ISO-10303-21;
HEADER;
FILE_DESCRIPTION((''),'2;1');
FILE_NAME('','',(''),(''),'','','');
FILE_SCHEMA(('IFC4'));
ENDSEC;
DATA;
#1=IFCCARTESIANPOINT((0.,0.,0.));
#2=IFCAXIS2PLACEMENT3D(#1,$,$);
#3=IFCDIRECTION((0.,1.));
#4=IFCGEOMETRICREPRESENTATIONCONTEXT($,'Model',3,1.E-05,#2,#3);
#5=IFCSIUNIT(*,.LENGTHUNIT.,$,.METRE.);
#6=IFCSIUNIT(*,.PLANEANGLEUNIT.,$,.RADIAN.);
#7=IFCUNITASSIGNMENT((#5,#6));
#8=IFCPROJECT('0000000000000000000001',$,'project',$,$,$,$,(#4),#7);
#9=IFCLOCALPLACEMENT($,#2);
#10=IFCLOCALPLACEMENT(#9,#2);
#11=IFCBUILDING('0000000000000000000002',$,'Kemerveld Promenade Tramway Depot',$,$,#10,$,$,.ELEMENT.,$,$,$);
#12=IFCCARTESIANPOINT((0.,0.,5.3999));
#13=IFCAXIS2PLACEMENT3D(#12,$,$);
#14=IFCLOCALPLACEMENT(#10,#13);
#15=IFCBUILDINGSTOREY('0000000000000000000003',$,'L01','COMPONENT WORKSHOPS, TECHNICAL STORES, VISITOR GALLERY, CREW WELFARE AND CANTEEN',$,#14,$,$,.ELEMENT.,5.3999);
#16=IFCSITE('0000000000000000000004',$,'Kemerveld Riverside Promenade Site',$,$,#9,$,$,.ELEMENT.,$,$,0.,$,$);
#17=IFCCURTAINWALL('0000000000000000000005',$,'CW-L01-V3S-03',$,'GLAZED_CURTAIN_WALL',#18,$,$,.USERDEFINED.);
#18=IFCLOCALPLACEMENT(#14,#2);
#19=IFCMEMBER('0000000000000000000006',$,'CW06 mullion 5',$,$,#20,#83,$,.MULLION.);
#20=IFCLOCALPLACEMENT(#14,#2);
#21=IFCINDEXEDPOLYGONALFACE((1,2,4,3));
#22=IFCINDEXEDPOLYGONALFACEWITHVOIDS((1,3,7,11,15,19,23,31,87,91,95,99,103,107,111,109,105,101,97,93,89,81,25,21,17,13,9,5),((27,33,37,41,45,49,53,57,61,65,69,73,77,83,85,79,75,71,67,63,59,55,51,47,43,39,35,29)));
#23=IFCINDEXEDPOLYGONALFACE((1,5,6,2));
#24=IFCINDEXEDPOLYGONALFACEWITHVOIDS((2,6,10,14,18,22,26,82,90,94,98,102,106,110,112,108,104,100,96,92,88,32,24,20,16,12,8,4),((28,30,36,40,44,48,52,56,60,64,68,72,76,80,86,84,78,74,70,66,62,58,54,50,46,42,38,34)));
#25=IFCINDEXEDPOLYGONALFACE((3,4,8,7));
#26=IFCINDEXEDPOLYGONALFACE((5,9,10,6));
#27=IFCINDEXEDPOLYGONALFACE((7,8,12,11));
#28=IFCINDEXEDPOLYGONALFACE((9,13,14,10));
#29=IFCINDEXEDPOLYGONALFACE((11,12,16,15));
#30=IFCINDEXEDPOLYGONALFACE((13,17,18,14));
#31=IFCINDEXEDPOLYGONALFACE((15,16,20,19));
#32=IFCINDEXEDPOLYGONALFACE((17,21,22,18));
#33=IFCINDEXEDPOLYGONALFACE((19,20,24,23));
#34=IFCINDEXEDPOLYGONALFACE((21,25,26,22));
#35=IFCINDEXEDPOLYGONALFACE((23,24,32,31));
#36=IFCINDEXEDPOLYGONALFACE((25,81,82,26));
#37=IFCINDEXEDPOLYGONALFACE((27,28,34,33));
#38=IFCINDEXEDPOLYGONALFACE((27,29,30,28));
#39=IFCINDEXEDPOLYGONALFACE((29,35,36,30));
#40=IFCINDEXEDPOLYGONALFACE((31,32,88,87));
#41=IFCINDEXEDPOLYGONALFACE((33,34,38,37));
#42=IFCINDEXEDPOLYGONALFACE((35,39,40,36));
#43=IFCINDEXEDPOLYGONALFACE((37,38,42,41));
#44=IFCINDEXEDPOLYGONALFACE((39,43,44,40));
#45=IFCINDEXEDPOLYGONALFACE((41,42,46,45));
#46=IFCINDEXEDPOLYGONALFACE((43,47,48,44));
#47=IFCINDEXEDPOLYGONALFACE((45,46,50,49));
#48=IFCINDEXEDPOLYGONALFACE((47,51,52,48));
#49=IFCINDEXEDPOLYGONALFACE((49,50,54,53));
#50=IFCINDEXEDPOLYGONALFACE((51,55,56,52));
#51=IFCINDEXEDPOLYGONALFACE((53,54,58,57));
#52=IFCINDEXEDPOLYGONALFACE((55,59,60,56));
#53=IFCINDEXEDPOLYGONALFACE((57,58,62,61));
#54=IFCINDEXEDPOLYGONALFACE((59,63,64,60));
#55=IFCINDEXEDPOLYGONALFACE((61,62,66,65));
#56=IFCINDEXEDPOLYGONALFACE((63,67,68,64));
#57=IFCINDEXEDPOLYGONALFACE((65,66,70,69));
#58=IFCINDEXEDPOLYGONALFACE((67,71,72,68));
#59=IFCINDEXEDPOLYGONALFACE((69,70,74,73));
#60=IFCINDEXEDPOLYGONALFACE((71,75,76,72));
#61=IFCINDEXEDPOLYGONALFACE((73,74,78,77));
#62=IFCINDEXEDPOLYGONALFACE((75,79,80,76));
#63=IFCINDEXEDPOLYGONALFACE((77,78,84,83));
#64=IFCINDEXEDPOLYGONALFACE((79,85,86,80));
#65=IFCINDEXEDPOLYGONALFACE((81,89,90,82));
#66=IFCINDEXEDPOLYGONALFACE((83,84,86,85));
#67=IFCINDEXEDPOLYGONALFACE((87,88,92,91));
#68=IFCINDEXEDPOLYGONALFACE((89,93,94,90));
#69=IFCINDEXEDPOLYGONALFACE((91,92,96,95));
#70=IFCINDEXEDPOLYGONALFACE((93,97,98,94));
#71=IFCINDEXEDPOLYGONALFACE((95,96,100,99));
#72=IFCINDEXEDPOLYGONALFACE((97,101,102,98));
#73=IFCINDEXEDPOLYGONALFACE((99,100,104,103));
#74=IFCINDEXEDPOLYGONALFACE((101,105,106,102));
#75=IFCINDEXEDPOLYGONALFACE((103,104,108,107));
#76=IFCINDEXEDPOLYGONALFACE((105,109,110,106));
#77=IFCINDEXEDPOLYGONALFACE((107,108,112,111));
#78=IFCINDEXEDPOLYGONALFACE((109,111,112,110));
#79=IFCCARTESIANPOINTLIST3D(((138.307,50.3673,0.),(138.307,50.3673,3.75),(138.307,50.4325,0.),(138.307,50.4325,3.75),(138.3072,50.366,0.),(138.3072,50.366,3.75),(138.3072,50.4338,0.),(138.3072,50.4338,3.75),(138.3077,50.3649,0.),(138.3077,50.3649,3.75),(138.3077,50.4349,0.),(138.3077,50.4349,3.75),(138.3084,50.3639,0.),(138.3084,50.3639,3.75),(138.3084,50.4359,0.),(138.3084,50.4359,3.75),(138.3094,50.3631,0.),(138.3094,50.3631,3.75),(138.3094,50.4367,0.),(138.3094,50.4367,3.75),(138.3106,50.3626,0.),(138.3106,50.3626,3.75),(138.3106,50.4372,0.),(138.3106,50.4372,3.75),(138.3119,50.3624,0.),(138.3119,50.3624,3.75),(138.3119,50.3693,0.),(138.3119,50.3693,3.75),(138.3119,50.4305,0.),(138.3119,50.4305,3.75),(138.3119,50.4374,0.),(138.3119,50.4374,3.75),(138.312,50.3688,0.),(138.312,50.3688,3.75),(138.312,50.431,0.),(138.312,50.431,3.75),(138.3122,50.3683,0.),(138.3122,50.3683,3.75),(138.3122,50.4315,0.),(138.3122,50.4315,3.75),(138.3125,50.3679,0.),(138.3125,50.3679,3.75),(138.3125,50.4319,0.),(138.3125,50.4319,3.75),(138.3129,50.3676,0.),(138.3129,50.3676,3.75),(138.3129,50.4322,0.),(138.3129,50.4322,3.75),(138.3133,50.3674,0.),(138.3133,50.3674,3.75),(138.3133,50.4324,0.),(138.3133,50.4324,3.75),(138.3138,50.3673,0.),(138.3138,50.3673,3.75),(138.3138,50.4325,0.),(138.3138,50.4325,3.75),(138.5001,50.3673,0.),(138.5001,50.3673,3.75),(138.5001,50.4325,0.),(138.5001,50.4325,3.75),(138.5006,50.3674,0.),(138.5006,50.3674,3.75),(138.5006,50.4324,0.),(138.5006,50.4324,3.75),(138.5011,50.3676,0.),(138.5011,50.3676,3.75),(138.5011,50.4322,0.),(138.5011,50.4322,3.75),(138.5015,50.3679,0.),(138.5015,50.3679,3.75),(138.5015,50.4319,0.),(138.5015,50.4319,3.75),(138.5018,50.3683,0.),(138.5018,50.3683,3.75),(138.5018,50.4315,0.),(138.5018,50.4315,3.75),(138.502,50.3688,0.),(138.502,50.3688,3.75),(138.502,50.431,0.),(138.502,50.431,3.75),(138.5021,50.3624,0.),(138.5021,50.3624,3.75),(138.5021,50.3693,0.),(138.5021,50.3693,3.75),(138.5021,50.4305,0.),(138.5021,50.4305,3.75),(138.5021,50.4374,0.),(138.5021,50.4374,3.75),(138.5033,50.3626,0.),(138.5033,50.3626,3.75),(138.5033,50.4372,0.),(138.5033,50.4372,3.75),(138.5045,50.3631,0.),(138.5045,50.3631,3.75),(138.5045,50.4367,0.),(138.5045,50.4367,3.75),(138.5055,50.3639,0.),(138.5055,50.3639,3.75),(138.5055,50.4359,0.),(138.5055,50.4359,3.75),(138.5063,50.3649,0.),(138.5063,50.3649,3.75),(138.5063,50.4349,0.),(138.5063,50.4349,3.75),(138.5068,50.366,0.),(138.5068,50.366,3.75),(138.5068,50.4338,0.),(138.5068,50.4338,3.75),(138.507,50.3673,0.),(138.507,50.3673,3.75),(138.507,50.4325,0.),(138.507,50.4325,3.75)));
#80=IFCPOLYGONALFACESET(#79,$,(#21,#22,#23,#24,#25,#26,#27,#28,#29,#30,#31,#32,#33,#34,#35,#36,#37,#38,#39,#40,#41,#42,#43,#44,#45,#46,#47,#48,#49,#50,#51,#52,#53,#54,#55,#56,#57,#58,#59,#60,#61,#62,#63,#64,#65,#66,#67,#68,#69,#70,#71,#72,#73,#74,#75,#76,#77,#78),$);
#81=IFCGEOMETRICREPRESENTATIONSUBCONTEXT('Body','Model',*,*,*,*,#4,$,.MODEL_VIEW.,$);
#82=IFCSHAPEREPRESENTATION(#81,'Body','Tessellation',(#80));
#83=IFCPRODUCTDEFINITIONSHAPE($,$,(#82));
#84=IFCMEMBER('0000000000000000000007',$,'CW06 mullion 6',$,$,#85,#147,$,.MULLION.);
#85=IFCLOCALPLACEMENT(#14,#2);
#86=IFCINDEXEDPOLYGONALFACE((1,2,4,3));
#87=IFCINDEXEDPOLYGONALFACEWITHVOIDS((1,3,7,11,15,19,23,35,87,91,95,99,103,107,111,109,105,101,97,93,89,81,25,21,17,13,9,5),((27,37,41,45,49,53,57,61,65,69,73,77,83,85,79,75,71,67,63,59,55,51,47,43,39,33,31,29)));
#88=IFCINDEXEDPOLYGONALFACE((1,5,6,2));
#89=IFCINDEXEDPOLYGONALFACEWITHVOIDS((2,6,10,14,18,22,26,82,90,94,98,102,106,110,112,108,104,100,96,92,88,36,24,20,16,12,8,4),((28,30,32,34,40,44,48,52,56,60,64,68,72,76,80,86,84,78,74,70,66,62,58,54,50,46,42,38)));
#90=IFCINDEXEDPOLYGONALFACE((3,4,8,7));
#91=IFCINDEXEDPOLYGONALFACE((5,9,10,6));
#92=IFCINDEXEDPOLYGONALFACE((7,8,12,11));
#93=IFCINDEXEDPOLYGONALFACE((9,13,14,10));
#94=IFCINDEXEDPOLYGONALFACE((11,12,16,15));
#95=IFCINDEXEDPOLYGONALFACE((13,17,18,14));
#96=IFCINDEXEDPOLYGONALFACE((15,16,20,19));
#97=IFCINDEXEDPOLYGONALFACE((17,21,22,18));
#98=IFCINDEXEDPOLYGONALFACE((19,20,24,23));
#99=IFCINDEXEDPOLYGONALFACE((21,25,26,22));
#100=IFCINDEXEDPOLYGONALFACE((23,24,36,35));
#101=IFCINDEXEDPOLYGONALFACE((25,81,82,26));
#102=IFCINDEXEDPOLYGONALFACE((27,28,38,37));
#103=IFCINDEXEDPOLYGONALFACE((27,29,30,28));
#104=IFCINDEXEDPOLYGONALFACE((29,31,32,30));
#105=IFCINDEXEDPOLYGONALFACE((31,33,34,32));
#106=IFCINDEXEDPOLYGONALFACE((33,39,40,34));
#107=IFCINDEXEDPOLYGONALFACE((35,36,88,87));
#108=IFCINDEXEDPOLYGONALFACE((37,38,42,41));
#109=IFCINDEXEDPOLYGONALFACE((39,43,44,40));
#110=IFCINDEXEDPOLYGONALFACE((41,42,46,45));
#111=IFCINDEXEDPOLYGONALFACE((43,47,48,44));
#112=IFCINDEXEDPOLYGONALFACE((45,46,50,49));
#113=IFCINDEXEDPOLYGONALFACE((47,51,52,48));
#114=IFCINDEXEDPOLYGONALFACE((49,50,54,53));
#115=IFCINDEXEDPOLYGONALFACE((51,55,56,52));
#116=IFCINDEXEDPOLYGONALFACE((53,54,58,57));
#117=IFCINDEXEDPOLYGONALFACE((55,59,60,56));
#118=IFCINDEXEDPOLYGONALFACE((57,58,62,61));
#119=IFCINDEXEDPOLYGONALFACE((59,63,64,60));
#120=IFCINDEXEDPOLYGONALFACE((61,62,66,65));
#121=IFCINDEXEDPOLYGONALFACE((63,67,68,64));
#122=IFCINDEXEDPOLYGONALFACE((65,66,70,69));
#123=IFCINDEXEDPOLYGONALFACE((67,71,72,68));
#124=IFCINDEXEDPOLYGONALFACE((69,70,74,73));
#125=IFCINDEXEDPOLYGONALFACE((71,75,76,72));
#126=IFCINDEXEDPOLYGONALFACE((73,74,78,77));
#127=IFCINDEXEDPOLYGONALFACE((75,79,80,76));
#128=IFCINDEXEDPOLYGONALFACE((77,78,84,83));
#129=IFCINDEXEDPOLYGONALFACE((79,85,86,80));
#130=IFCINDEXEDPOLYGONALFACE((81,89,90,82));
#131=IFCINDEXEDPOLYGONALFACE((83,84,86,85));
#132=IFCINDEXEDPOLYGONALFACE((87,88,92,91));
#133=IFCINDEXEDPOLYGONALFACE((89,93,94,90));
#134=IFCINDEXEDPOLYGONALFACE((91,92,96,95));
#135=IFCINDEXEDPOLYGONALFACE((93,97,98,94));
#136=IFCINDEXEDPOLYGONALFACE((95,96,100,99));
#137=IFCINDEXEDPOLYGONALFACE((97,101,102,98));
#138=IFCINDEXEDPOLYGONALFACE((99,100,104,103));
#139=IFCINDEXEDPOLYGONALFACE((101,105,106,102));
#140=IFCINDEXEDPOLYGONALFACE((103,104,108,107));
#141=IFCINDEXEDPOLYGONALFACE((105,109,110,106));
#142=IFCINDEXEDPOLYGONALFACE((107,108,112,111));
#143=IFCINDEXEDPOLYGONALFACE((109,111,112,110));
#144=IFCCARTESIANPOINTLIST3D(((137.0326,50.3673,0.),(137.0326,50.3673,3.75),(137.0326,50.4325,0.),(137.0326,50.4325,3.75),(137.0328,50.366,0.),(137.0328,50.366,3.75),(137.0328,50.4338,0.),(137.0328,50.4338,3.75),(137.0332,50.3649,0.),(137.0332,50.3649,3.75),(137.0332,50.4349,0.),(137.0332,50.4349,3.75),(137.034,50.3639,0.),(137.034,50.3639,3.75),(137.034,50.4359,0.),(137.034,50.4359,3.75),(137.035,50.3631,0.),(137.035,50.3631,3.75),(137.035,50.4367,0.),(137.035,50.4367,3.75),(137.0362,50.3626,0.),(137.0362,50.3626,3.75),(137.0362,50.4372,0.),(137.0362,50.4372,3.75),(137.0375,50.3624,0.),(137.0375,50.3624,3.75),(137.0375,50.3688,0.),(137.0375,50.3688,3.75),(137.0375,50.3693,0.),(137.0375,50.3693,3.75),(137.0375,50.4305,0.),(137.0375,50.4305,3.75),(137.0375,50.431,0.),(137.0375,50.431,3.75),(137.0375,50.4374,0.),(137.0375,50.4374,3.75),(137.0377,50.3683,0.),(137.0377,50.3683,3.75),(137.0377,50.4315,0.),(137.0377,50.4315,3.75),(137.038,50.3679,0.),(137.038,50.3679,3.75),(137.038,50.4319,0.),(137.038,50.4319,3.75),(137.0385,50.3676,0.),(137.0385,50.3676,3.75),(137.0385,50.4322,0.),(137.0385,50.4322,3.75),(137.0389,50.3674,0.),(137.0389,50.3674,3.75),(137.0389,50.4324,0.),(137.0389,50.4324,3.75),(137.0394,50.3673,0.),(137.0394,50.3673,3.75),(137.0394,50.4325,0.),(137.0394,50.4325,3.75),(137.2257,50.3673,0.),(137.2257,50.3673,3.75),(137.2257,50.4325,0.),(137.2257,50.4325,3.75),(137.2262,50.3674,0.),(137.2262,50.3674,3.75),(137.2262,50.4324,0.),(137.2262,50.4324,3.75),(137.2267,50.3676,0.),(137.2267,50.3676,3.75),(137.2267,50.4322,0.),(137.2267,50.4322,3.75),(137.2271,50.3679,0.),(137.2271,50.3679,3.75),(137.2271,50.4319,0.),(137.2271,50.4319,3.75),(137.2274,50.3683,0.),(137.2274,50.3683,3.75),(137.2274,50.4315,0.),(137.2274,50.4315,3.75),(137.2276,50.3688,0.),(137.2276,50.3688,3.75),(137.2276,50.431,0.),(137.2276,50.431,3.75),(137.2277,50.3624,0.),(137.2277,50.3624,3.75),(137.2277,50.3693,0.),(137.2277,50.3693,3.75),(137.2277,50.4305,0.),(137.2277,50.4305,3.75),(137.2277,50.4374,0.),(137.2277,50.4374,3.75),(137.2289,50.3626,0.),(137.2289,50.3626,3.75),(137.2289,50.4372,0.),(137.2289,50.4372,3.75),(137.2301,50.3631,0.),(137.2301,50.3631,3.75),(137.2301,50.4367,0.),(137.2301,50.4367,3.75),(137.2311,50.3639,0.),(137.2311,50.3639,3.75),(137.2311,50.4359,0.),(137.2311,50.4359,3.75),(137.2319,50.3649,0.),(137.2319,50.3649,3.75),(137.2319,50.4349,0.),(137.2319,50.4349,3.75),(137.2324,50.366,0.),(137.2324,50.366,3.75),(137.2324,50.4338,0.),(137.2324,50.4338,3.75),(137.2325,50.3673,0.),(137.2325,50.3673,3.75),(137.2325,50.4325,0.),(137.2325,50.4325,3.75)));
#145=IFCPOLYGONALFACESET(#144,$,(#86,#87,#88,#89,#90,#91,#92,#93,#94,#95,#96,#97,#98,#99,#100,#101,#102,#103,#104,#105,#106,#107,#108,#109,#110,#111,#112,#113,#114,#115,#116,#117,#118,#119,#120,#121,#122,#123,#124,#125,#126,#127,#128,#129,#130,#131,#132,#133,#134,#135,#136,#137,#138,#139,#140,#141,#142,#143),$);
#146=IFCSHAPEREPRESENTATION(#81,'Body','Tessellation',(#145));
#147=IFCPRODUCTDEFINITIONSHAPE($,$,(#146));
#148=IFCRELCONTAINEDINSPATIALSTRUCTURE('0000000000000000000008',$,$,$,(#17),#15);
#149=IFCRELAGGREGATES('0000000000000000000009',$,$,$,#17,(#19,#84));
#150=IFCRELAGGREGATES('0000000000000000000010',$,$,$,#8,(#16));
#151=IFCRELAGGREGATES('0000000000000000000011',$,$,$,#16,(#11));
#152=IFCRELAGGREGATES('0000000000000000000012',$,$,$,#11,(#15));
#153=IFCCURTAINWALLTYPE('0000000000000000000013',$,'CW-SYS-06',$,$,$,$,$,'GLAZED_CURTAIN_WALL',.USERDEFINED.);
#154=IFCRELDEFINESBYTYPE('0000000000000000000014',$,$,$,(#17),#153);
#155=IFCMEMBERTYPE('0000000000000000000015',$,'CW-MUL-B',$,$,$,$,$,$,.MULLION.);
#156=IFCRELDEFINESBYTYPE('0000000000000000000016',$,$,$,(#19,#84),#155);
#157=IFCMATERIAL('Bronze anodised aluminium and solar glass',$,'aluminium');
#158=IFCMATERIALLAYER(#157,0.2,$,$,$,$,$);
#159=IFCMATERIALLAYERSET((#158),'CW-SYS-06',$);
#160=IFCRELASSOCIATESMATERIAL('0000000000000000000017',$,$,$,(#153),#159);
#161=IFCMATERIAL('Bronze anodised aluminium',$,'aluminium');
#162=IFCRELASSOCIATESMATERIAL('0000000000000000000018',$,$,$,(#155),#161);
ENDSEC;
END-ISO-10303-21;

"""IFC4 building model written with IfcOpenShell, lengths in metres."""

from ifc_helpers import new_model, si_unit, direction, frame, origin, origin_2d, place, context, subcontext, project, spatial, hollow_rectangle, extrude, material, layer, layer_set, material_profile, profile_set, type_object, element, aggregate, save


model = new_model("IFC4")

# Units and contexts
model_context = context("Model", 3, precision=1e-05, world=origin(), true_north=direction((0.0, 1.0)))
body_context = subcontext(model_context, "Body", "Model", "MODEL_VIEW")
ifc_project = project(units=[si_unit("LENGTHUNIT", "METRE"), si_unit("PLANEANGLEUNIT", "RADIAN")], contexts=[model_context])

# Site, building, storey
site_placement = place(None, origin())
site = spatial("IfcSite", under=ifc_project, at=site_placement, Name="Kemerveld Riverside Promenade Site", CompositionType="ELEMENT", RefElevation=0.0)
building_placement = place(site_placement, origin())
building = spatial("IfcBuilding", under=site, at=building_placement, Name="Kemerveld Promenade Tramway Depot", CompositionType="ELEMENT")
storey_placement = place(building_placement, frame((0.0, 0.0, 5.3999)))
storey = spatial("IfcBuildingStorey", under=building, at=storey_placement, Name="L01", Description="COMPONENT WORKSHOPS, TECHNICAL STORES, VISITOR GALLERY, CREW WELFARE AND CANTEEN", CompositionType="ELEMENT", Elevation=5.3999)

# Curtain wall, members
ifc_material_1 = material(Name="Bronze anodised aluminium and solar glass", Category="aluminium")
ifc_layer_1 = layer(ifc_material_1, 0.2)
ifc_layer_set_1 = layer_set([ifc_layer_1], Name="CW-SYS-06")
curtain_wall_type = type_object("IfcCurtainWallType", Name="CW-SYS-06", ElementType="GLAZED_CURTAIN_WALL", PredefinedType="USERDEFINED", material=ifc_layer_set_1)
curtain_wall_placement = place(storey_placement, origin())
curtain_wall = element("IfcCurtainWall", 1, at=curtain_wall_placement, inside=storey, type_object=curtain_wall_type, Name="CW-L01-V3S-03", ObjectType="GLAZED_CURTAIN_WALL", PredefinedType="USERDEFINED")
ifc_material_2 = material(Name="Bronze anodised aluminium", Category="aluminium")
ifc_material_profile_1 = material_profile(ifc_material_2, hollow_rectangle(XDim=0.075, YDim=0.2, WallThickness=0.0049, InnerFilletRadius=0.002, OuterFilletRadius=0.0049, at=origin_2d()), Name="CW-MUL-200x75")
ifc_profile_set_1 = profile_set([ifc_material_profile_1], Name="Bronze anodised aluminium")
member_type_1 = type_object("IfcMemberType", Name="CW-MUL-B", PredefinedType="MULLION", material=ifc_profile_set_1)
member_1_placement = place(storey_placement, frame((138.407, 50.3999, 0.0), z_axis=(0.0, 0.0, 1.0), x_axis=(0.0, -1.0, 0.0)))
member_1 = element("IfcMember", 2, at=member_1_placement, type_object=member_type_1, Name="CW06 mullion 5", PredefinedType="MULLION", context=body_context, shape_type="SweptSolid", body=[
    extrude(hollow_rectangle(XDim=0.075, YDim=0.2, WallThickness=0.0049, InnerFilletRadius=0.002, OuterFilletRadius=0.0049, at=origin_2d()), origin(), (0.0, 0.0, 1.0), 3.75),
])
member_2_placement = place(storey_placement, frame((137.1326, 50.3999, 0.0), z_axis=(0.0, 0.0, 1.0), x_axis=(0.0, -1.0, 0.0)))
member_2 = element("IfcMember", 3, at=member_2_placement, type_object=member_type_1, Name="CW06 mullion 6", PredefinedType="MULLION", context=body_context, shape_type="SweptSolid", body=[
    extrude(hollow_rectangle(XDim=0.075, YDim=0.2, WallThickness=0.0049, InnerFilletRadius=0.002, OuterFilletRadius=0.0049, at=origin_2d()), origin(), (0.0, 0.0, 1.0), 3.75),
])
aggregate(curtain_wall, [member_1, member_2])

save(model, "model.ifc")
